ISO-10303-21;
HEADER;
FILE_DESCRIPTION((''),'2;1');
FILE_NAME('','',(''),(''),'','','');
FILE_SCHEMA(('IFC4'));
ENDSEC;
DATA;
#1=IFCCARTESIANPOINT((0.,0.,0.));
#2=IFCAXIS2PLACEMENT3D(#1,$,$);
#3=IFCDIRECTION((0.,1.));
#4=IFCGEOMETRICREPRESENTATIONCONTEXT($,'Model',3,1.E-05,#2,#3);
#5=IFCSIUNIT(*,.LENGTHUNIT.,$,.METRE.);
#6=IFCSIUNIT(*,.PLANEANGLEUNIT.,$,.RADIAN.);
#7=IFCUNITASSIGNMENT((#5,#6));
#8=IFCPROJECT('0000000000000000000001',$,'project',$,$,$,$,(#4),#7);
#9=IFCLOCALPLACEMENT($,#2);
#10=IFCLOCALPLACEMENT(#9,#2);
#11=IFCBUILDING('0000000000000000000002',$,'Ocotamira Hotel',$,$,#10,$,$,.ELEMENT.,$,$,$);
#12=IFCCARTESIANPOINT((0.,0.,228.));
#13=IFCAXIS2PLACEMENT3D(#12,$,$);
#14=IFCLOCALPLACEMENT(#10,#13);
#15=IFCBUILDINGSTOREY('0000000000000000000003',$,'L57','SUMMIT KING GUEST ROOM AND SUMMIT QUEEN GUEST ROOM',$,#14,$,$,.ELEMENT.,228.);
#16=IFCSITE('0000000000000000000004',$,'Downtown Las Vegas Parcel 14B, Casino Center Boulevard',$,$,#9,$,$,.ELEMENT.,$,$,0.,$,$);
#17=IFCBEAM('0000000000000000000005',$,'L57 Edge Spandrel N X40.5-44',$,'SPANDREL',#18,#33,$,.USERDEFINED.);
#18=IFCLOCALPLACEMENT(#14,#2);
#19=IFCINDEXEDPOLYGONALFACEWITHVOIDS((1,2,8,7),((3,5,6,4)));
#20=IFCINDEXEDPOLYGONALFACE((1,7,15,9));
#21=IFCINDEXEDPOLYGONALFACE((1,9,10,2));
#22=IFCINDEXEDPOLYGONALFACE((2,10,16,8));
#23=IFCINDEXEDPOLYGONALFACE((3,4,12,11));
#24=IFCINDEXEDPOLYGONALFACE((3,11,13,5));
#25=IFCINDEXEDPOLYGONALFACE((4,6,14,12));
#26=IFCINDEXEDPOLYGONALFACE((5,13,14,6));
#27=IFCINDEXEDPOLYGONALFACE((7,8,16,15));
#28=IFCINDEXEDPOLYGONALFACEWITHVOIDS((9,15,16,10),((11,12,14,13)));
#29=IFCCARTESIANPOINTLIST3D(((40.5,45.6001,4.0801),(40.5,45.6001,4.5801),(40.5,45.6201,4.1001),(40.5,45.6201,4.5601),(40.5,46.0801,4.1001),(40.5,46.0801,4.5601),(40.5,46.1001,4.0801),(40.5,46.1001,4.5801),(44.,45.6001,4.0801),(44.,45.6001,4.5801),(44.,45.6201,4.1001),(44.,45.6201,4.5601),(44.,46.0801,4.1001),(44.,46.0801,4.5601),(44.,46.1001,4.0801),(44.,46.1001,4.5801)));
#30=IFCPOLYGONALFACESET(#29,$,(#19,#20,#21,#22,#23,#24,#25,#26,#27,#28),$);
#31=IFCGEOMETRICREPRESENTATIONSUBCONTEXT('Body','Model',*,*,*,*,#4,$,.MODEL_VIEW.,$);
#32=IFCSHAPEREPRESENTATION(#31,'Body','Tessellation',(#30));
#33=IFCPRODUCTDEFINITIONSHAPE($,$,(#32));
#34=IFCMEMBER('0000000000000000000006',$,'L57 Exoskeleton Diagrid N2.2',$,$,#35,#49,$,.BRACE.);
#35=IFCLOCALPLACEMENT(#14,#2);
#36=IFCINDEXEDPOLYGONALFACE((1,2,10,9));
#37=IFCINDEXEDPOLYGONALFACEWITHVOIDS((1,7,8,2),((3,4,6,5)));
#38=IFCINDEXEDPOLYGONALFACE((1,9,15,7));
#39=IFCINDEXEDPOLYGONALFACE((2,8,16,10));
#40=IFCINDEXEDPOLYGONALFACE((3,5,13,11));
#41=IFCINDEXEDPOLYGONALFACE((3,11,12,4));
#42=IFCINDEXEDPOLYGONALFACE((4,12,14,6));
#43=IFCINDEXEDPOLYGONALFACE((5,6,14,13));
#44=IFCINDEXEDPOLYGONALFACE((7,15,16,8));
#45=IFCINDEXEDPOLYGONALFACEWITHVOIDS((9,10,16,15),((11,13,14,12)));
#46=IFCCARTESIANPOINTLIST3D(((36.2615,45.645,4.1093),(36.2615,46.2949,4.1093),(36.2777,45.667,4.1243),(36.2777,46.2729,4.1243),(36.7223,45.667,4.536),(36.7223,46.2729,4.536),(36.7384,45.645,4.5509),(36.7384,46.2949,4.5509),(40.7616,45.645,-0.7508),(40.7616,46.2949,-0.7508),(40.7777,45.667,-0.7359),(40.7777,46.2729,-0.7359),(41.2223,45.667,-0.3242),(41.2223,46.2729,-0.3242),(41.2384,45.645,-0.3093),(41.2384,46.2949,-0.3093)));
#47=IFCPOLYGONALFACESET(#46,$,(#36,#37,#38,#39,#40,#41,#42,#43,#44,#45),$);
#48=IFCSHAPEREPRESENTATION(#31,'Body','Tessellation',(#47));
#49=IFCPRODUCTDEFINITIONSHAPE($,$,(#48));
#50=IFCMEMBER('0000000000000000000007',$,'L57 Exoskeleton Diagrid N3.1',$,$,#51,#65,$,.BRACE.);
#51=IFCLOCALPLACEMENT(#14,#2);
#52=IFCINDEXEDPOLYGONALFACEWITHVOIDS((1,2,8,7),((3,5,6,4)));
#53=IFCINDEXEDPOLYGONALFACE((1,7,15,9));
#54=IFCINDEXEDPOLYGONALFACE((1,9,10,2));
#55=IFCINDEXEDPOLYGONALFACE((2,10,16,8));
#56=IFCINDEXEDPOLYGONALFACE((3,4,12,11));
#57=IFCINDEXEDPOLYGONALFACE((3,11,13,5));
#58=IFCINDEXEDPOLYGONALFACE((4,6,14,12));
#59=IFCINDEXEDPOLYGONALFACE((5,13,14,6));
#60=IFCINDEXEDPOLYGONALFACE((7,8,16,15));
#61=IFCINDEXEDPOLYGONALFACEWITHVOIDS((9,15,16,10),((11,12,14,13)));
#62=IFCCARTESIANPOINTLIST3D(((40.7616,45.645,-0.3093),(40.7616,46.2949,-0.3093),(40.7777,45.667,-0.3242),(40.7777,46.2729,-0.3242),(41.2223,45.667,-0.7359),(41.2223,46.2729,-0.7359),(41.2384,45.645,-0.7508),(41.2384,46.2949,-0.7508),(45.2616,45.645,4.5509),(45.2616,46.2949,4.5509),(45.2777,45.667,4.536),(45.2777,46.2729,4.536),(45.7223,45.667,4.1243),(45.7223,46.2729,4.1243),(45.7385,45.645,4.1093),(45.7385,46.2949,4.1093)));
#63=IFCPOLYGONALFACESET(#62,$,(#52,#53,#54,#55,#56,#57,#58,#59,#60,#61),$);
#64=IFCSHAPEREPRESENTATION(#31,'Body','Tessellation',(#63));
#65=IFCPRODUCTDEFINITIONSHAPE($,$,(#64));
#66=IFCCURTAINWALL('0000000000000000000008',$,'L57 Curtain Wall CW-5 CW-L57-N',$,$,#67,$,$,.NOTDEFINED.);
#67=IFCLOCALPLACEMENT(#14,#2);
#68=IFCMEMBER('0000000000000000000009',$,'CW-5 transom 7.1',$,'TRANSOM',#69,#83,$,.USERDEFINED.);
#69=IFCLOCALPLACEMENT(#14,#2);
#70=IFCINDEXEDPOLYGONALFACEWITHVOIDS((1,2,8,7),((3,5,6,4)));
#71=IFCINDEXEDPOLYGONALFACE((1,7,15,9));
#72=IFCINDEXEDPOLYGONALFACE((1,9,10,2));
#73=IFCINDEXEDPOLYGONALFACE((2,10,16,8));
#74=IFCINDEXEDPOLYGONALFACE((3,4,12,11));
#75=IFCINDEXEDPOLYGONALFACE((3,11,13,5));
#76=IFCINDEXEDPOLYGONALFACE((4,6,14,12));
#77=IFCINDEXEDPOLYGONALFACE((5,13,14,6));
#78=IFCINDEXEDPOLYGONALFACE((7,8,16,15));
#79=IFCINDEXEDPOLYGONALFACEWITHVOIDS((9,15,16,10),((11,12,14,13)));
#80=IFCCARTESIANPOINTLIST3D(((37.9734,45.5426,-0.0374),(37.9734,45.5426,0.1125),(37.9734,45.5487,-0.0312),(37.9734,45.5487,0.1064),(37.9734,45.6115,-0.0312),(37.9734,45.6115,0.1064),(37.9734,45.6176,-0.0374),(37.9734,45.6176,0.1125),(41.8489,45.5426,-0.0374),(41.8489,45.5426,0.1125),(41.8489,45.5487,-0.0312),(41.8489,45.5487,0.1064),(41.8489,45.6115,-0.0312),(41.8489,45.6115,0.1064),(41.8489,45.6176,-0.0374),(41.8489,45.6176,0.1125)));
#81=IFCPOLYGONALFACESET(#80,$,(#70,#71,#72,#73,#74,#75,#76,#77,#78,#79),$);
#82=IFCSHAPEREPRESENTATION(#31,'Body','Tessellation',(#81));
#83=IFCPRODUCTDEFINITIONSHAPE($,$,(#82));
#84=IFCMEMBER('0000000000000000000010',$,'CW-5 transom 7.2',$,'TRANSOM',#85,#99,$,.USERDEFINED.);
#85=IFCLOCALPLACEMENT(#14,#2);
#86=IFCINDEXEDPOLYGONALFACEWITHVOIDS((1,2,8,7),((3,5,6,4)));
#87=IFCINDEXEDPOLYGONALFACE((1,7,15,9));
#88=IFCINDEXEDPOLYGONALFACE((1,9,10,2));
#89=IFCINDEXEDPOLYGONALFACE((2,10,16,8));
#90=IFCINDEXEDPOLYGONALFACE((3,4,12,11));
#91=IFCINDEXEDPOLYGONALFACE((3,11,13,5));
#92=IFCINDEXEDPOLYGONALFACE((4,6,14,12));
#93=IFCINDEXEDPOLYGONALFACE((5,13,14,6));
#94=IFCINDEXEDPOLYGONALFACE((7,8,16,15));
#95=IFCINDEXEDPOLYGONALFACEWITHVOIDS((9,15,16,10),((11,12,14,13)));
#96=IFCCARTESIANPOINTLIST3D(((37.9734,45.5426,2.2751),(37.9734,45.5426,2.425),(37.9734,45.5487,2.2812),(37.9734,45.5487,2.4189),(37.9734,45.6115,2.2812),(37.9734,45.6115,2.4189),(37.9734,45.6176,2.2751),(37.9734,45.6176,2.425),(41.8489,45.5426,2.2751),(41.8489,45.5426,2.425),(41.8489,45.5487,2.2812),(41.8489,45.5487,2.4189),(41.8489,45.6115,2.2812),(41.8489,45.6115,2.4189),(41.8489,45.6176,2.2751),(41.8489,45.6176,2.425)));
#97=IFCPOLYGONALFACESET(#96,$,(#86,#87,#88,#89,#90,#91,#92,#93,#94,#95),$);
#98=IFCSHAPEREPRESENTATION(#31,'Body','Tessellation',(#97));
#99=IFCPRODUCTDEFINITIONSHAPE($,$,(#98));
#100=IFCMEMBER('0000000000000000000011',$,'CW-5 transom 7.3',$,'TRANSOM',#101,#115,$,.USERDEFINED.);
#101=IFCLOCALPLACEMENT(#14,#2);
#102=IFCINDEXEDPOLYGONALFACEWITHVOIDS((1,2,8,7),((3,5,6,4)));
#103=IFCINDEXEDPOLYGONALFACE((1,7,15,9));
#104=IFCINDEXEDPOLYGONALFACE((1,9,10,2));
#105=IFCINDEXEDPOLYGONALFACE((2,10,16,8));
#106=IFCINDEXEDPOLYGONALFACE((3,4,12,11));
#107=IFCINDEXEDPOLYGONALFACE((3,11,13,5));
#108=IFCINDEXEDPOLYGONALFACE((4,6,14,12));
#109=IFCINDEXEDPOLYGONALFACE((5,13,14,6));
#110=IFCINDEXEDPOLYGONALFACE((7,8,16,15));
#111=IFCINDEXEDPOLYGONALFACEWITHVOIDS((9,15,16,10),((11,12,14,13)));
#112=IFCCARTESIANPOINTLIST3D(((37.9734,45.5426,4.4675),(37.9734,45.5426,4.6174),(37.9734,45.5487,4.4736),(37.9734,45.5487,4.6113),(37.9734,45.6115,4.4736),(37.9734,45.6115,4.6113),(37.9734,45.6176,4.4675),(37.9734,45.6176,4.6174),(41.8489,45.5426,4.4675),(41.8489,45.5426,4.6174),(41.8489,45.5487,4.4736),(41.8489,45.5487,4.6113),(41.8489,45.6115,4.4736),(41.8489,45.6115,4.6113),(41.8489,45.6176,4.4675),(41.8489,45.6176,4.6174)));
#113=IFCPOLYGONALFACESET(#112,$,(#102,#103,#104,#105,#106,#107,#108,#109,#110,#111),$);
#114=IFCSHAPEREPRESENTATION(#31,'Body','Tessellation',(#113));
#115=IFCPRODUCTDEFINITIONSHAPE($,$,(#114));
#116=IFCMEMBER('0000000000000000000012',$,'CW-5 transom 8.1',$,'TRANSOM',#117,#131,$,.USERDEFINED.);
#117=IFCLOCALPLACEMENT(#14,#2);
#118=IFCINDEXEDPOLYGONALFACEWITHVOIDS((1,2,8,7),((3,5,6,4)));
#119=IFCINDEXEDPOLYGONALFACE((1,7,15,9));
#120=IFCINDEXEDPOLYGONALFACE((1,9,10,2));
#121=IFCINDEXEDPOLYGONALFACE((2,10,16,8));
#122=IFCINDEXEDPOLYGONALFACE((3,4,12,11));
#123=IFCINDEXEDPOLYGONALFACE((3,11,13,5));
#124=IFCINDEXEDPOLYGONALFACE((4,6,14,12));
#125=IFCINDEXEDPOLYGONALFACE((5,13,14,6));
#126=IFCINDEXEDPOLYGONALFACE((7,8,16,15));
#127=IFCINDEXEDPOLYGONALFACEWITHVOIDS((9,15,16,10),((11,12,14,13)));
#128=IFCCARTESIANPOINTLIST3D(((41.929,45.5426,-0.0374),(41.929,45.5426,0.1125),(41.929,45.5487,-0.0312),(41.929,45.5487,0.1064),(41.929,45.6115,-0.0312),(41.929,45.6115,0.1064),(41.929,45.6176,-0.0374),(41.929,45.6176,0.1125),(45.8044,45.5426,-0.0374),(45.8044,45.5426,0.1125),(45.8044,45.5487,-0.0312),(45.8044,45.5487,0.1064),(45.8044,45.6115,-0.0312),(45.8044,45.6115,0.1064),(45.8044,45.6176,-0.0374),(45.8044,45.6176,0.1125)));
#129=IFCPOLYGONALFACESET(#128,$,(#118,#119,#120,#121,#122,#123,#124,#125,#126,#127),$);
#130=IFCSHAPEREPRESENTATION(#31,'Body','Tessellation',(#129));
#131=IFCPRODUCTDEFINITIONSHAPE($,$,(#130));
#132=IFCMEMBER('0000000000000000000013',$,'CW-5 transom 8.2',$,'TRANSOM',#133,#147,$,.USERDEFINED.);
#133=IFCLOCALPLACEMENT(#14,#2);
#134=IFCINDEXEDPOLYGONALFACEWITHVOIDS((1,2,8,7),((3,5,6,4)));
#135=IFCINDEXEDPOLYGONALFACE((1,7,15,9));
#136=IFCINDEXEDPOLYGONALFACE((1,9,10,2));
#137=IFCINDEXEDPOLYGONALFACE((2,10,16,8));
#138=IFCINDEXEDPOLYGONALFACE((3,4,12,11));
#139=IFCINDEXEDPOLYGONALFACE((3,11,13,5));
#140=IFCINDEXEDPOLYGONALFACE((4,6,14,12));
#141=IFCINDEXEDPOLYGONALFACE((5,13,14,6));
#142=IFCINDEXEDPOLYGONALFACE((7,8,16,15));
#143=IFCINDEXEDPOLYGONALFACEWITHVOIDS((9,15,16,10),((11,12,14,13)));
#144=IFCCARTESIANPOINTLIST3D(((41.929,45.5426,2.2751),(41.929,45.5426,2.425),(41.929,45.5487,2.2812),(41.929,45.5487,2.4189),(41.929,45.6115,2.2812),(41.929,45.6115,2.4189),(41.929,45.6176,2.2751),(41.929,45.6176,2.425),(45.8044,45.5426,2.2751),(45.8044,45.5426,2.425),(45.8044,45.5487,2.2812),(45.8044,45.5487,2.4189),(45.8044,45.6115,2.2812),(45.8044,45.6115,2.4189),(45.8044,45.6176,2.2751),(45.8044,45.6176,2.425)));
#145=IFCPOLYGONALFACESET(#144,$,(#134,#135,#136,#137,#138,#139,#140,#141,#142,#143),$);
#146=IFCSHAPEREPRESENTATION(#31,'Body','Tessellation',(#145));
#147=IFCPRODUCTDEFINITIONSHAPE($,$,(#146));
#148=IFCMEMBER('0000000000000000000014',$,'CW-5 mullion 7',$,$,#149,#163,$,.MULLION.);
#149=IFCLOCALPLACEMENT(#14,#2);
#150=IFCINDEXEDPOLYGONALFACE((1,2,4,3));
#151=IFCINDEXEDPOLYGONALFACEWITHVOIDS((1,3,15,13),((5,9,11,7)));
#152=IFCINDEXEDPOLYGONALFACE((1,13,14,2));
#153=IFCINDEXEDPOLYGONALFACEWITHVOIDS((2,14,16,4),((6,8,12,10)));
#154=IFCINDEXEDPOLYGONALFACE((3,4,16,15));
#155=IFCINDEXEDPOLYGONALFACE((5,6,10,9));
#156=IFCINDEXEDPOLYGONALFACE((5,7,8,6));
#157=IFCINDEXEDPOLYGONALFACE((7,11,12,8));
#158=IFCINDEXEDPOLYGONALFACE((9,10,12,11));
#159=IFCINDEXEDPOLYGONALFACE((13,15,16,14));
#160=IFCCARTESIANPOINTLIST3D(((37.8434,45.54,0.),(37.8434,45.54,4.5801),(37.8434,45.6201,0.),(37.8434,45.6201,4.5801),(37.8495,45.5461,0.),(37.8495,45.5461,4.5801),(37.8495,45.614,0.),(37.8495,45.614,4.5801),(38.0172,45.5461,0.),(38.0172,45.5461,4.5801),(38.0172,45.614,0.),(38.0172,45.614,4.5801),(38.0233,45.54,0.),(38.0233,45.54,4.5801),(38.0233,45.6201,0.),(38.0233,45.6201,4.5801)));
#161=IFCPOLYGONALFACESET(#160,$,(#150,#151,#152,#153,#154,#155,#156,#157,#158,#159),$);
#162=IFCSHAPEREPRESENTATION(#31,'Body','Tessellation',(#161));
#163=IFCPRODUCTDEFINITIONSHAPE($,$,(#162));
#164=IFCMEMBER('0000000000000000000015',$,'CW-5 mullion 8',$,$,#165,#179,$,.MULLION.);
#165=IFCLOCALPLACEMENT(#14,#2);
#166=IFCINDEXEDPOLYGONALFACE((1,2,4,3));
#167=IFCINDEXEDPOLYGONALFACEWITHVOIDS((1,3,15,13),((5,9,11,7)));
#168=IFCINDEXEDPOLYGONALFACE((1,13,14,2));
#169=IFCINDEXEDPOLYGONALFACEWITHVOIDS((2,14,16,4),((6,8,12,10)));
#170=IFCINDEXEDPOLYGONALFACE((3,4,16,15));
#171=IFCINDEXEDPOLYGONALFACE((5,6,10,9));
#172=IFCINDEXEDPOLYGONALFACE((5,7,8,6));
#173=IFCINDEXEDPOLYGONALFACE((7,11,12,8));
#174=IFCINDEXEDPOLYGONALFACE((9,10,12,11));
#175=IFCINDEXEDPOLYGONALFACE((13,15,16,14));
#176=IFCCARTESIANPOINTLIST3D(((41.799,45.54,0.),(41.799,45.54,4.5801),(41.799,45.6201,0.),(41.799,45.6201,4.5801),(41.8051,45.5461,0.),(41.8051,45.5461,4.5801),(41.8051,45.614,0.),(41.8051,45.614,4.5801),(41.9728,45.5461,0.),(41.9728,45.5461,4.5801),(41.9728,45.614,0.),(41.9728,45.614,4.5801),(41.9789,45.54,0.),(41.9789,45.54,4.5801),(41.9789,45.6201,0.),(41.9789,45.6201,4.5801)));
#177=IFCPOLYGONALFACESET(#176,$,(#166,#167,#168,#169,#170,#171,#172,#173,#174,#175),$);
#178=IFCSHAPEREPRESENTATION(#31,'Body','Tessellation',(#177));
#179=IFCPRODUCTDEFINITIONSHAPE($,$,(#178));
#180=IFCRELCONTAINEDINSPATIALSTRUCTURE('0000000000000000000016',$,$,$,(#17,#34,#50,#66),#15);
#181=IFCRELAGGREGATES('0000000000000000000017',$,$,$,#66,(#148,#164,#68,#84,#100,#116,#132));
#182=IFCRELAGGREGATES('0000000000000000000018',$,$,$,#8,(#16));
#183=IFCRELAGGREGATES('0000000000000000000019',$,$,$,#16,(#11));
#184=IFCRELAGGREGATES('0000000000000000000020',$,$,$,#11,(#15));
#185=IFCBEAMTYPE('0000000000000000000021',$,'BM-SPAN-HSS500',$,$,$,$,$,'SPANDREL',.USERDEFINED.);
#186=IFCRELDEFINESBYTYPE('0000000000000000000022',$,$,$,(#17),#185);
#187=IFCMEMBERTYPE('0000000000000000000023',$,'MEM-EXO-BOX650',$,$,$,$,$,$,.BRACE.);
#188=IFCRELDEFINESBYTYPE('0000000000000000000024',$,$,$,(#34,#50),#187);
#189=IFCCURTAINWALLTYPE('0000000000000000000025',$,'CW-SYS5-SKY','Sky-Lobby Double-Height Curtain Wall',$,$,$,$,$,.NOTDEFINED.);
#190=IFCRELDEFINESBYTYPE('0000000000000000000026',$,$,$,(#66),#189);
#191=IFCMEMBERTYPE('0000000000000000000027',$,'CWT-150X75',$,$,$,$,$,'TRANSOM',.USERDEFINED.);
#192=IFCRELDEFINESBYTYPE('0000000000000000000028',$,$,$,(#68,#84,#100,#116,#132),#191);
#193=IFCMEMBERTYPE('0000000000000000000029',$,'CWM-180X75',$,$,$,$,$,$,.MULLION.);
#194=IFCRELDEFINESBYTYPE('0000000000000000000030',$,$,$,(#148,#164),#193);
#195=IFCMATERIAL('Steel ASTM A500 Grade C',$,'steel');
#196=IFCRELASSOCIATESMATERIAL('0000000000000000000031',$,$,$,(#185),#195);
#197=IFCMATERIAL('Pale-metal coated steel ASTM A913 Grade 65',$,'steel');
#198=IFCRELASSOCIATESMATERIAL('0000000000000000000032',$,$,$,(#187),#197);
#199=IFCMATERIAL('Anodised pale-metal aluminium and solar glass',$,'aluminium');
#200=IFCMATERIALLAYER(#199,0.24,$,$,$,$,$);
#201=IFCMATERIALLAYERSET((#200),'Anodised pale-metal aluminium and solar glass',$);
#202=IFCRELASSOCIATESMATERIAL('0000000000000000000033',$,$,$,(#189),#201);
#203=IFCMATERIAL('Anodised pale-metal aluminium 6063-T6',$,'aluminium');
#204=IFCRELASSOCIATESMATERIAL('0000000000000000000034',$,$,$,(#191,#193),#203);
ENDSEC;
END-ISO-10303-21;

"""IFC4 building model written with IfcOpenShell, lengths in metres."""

from ifc_helpers import new_model, si_unit, direction, frame, origin, origin_2d, place, context, subcontext, project, spatial, hollow_rectangle, extrude, source, transform, mapped, material, layer, layer_set, material_profile, profile_set, type_object, element, aggregate, save


model = new_model("IFC4")

# Units and contexts
model_context = context("Model", 3, precision=1e-05, world=origin(), true_north=direction((0.0, 1.0)))
body_context = subcontext(model_context, "Body", "Model", "MODEL_VIEW")
ifc_project = project(units=[si_unit("LENGTHUNIT", "METRE"), si_unit("PLANEANGLEUNIT", "RADIAN")], contexts=[model_context])

# Site, building, storey
site_placement = place(None, origin())
site = spatial("IfcSite", under=ifc_project, at=site_placement, Name="Downtown Las Vegas Parcel 14B, Casino Center Boulevard", CompositionType="ELEMENT", RefElevation=0.0)
building_placement = place(site_placement, origin())
building = spatial("IfcBuilding", under=site, at=building_placement, Name="Ocotamira Hotel", CompositionType="ELEMENT")
storey_placement = place(building_placement, frame((0.0, 0.0, 228.0)))
storey = spatial("IfcBuildingStorey", under=building, at=storey_placement, Name="L57", Description="SUMMIT KING GUEST ROOM AND SUMMIT QUEEN GUEST ROOM", CompositionType="ELEMENT", Elevation=228.0)

# Beam
ifc_material_1 = material(Name="Steel ASTM A500 Grade C", Category="steel")
ifc_material_profile_1 = material_profile(ifc_material_1, hollow_rectangle(XDim=0.5, YDim=0.5, WallThickness=0.02, at=origin_2d()), Name="HSS500X500X20")
ifc_profile_set_1 = profile_set([ifc_material_profile_1], Name="Steel ASTM A500 Grade C")
beam_type = type_object("IfcBeamType", Name="BM-SPAN-HSS500", ElementType="SPANDREL", PredefinedType="USERDEFINED", material=ifc_profile_set_1)
shared_shape_1 = source(origin(), body_context, "Body", "SweptSolid", [
    extrude(hollow_rectangle(XDim=0.5, YDim=0.5, WallThickness=0.02, at=origin_2d()), origin(), (0.0, 0.0, 1.0), 3.5),
])
beam_placement = place(storey_placement, frame((40.5, 45.8501, 4.3301), z_axis=(1.0, 0.0, 0.0), x_axis=(0.0, 1.0, 0.0)))
element("IfcBeam", 1, at=beam_placement, inside=storey, type_object=beam_type, Name="L57 Edge Spandrel N X40.5-44", ObjectType="SPANDREL", PredefinedType="USERDEFINED", context=body_context, shape_type="MappedRepresentation", body=[
    mapped(shared_shape_1, transform((0.0, 0.0, 0.0), scale=1.0)),
])

# Members
ifc_material_2 = material(Name="Pale-metal coated steel ASTM A913 Grade 65", Category="steel")
ifc_material_profile_2 = material_profile(ifc_material_2, hollow_rectangle(XDim=0.6499, YDim=0.6499, WallThickness=0.022, at=origin_2d()), Name="BOX650X650X22")
ifc_profile_set_2 = profile_set([ifc_material_profile_2], Name="Pale-metal coated steel ASTM A913 Grade 65")
member_type_1 = type_object("IfcMemberType", Name="MEM-EXO-BOX650", PredefinedType="BRACE", material=ifc_profile_set_2)
shared_shape_2 = source(origin(), body_context, "Body", "SweptSolid", [
    extrude(hollow_rectangle(XDim=0.6499, YDim=0.6499, WallThickness=0.022, at=origin_2d()), origin(), (0.0, 0.0, 1.0), 6.6235),
])
for number, where, z_axis, x_axis, name in (
    (2, (41.0, 45.97, -0.53), (-0.6794, 0.0, 0.733768), (0.0, -1.0, 0.0), "L57 Exoskeleton Diagrid N2.2"),
    (3, (41.0, 45.97, -0.53), (0.6794, 0.0, 0.733768), (0.0, 1.0, 0.0), "L57 Exoskeleton Diagrid N3.1"),
):
    element("IfcMember", number, at=place(storey_placement, frame(where, z_axis=z_axis, x_axis=x_axis)), inside=storey, type_object=member_type_1, Name=name, PredefinedType="BRACE", context=body_context, shape_type="MappedRepresentation", body=[
        mapped(shared_shape_2, transform((0.0, 0.0, 0.0), scale=1.0)),
    ])

# Curtain wall, members
ifc_material_3 = material(Name="Anodised pale-metal aluminium and solar glass", Category="aluminium")
ifc_layer_1 = layer(ifc_material_3, 0.24)
ifc_layer_set_1 = layer_set([ifc_layer_1], Name="Anodised pale-metal aluminium and solar glass")
curtain_wall_type = type_object("IfcCurtainWallType", Name="CW-SYS5-SKY", Description="Sky-Lobby Double-Height Curtain Wall", PredefinedType="NOTDEFINED", material=ifc_layer_set_1)
curtain_wall_placement = place(storey_placement, origin())
curtain_wall = element("IfcCurtainWall", 4, at=curtain_wall_placement, inside=storey, type_object=curtain_wall_type, Name="L57 Curtain Wall CW-5 CW-L57-N", PredefinedType="NOTDEFINED")
ifc_material_4 = material(Name="Anodised pale-metal aluminium 6063-T6", Category="aluminium")
ifc_material_profile_3 = material_profile(ifc_material_4, hollow_rectangle(XDim=0.075, YDim=0.1499, WallThickness=0.0061, at=origin_2d()), Name="HSS150X75X6")
ifc_profile_set_3 = profile_set([ifc_material_profile_3], Name="Anodised pale-metal aluminium 6063-T6")
member_type_2 = type_object("IfcMemberType", Name="CWT-150X75", ElementType="TRANSOM", PredefinedType="USERDEFINED", material=ifc_profile_set_3)
shared_shape_3 = source(origin(), body_context, "Body", "SweptSolid", [
    extrude(hollow_rectangle(XDim=0.075, YDim=0.1499, WallThickness=0.0061, at=origin_2d()), origin(), (0.0, 0.0, 1.0), 3.8755),
])
member_1_placement = place(storey_placement, frame((37.9734, 45.5801, 0.0376), z_axis=(1.0, 0.0, 0.0), x_axis=(0.0, 1.0, 0.0)))
member_1 = element("IfcMember", 5, at=member_1_placement, type_object=member_type_2, Name="CW-5 transom 7.1", ObjectType="TRANSOM", PredefinedType="USERDEFINED", context=body_context, shape_type="MappedRepresentation", body=[
    mapped(shared_shape_3, transform((0.0, 0.0, 0.0), scale=1.0)),
])
member_2_placement = place(storey_placement, frame((37.9734, 45.5801, 2.3501), z_axis=(1.0, 0.0, 0.0), x_axis=(0.0, 1.0, 0.0)))
member_2 = element("IfcMember", 6, at=member_2_placement, type_object=member_type_2, Name="CW-5 transom 7.2", ObjectType="TRANSOM", PredefinedType="USERDEFINED", context=body_context, shape_type="MappedRepresentation", body=[
    mapped(shared_shape_3, transform((0.0, 0.0, 0.0), scale=1.0)),
])
member_3_placement = place(storey_placement, frame((37.9734, 45.5801, 4.5425), z_axis=(1.0, 0.0, 0.0), x_axis=(0.0, 1.0, 0.0)))
member_3 = element("IfcMember", 7, at=member_3_placement, type_object=member_type_2, Name="CW-5 transom 7.3", ObjectType="TRANSOM", PredefinedType="USERDEFINED", context=body_context, shape_type="MappedRepresentation", body=[
    mapped(shared_shape_3, transform((0.0, 0.0, 0.0), scale=1.0)),
])
member_4_placement = place(storey_placement, frame((41.929, 45.5801, 0.0376), z_axis=(1.0, 0.0, 0.0), x_axis=(0.0, 1.0, 0.0)))
member_4 = element("IfcMember", 8, at=member_4_placement, type_object=member_type_2, Name="CW-5 transom 8.1", ObjectType="TRANSOM", PredefinedType="USERDEFINED", context=body_context, shape_type="MappedRepresentation", body=[
    mapped(shared_shape_3, transform((0.0, 0.0, 0.0), scale=1.0)),
])
member_5_placement = place(storey_placement, frame((41.929, 45.5801, 2.3501), z_axis=(1.0, 0.0, 0.0), x_axis=(0.0, 1.0, 0.0)))
member_5 = element("IfcMember", 9, at=member_5_placement, type_object=member_type_2, Name="CW-5 transom 8.2", ObjectType="TRANSOM", PredefinedType="USERDEFINED", context=body_context, shape_type="MappedRepresentation", body=[
    mapped(shared_shape_3, transform((0.0, 0.0, 0.0), scale=1.0)),
])
ifc_material_profile_4 = material_profile(ifc_material_4, hollow_rectangle(XDim=0.0801, YDim=0.1799, WallThickness=0.0061, at=origin_2d()), Name="HSS180X80X6")
ifc_profile_set_4 = profile_set([ifc_material_profile_4], Name="Anodised pale-metal aluminium 6063-T6")
member_type_3 = type_object("IfcMemberType", Name="CWM-180X75", PredefinedType="MULLION", material=ifc_profile_set_4)
shared_shape_4 = source(origin(), body_context, "Body", "SweptSolid", [
    extrude(hollow_rectangle(XDim=0.0801, YDim=0.1799, WallThickness=0.0061, at=origin_2d()), origin(), (0.0, 0.0, 1.0), 4.5801),
])
member_6_placement = place(storey_placement, frame((37.9333, 45.5801, 0.0), z_axis=(0.0, 0.0, 1.0), x_axis=(0.0, 1.0, 0.0)))
member_6 = element("IfcMember", 10, at=member_6_placement, type_object=member_type_3, Name="CW-5 mullion 7", PredefinedType="MULLION", context=body_context, shape_type="MappedRepresentation", body=[
    mapped(shared_shape_4, transform((0.0, 0.0, 0.0), scale=1.0)),
])
member_7_placement = place(storey_placement, frame((41.8889, 45.5801, 0.0), z_axis=(0.0, 0.0, 1.0), x_axis=(0.0, 1.0, 0.0)))
member_7 = element("IfcMember", 11, at=member_7_placement, type_object=member_type_3, Name="CW-5 mullion 8", PredefinedType="MULLION", context=body_context, shape_type="MappedRepresentation", body=[
    mapped(shared_shape_4, transform((0.0, 0.0, 0.0), scale=1.0)),
])

aggregate(curtain_wall, [member_6, member_7, member_1, member_2, member_3, member_4, member_5])

save(model, "model.ifc")
